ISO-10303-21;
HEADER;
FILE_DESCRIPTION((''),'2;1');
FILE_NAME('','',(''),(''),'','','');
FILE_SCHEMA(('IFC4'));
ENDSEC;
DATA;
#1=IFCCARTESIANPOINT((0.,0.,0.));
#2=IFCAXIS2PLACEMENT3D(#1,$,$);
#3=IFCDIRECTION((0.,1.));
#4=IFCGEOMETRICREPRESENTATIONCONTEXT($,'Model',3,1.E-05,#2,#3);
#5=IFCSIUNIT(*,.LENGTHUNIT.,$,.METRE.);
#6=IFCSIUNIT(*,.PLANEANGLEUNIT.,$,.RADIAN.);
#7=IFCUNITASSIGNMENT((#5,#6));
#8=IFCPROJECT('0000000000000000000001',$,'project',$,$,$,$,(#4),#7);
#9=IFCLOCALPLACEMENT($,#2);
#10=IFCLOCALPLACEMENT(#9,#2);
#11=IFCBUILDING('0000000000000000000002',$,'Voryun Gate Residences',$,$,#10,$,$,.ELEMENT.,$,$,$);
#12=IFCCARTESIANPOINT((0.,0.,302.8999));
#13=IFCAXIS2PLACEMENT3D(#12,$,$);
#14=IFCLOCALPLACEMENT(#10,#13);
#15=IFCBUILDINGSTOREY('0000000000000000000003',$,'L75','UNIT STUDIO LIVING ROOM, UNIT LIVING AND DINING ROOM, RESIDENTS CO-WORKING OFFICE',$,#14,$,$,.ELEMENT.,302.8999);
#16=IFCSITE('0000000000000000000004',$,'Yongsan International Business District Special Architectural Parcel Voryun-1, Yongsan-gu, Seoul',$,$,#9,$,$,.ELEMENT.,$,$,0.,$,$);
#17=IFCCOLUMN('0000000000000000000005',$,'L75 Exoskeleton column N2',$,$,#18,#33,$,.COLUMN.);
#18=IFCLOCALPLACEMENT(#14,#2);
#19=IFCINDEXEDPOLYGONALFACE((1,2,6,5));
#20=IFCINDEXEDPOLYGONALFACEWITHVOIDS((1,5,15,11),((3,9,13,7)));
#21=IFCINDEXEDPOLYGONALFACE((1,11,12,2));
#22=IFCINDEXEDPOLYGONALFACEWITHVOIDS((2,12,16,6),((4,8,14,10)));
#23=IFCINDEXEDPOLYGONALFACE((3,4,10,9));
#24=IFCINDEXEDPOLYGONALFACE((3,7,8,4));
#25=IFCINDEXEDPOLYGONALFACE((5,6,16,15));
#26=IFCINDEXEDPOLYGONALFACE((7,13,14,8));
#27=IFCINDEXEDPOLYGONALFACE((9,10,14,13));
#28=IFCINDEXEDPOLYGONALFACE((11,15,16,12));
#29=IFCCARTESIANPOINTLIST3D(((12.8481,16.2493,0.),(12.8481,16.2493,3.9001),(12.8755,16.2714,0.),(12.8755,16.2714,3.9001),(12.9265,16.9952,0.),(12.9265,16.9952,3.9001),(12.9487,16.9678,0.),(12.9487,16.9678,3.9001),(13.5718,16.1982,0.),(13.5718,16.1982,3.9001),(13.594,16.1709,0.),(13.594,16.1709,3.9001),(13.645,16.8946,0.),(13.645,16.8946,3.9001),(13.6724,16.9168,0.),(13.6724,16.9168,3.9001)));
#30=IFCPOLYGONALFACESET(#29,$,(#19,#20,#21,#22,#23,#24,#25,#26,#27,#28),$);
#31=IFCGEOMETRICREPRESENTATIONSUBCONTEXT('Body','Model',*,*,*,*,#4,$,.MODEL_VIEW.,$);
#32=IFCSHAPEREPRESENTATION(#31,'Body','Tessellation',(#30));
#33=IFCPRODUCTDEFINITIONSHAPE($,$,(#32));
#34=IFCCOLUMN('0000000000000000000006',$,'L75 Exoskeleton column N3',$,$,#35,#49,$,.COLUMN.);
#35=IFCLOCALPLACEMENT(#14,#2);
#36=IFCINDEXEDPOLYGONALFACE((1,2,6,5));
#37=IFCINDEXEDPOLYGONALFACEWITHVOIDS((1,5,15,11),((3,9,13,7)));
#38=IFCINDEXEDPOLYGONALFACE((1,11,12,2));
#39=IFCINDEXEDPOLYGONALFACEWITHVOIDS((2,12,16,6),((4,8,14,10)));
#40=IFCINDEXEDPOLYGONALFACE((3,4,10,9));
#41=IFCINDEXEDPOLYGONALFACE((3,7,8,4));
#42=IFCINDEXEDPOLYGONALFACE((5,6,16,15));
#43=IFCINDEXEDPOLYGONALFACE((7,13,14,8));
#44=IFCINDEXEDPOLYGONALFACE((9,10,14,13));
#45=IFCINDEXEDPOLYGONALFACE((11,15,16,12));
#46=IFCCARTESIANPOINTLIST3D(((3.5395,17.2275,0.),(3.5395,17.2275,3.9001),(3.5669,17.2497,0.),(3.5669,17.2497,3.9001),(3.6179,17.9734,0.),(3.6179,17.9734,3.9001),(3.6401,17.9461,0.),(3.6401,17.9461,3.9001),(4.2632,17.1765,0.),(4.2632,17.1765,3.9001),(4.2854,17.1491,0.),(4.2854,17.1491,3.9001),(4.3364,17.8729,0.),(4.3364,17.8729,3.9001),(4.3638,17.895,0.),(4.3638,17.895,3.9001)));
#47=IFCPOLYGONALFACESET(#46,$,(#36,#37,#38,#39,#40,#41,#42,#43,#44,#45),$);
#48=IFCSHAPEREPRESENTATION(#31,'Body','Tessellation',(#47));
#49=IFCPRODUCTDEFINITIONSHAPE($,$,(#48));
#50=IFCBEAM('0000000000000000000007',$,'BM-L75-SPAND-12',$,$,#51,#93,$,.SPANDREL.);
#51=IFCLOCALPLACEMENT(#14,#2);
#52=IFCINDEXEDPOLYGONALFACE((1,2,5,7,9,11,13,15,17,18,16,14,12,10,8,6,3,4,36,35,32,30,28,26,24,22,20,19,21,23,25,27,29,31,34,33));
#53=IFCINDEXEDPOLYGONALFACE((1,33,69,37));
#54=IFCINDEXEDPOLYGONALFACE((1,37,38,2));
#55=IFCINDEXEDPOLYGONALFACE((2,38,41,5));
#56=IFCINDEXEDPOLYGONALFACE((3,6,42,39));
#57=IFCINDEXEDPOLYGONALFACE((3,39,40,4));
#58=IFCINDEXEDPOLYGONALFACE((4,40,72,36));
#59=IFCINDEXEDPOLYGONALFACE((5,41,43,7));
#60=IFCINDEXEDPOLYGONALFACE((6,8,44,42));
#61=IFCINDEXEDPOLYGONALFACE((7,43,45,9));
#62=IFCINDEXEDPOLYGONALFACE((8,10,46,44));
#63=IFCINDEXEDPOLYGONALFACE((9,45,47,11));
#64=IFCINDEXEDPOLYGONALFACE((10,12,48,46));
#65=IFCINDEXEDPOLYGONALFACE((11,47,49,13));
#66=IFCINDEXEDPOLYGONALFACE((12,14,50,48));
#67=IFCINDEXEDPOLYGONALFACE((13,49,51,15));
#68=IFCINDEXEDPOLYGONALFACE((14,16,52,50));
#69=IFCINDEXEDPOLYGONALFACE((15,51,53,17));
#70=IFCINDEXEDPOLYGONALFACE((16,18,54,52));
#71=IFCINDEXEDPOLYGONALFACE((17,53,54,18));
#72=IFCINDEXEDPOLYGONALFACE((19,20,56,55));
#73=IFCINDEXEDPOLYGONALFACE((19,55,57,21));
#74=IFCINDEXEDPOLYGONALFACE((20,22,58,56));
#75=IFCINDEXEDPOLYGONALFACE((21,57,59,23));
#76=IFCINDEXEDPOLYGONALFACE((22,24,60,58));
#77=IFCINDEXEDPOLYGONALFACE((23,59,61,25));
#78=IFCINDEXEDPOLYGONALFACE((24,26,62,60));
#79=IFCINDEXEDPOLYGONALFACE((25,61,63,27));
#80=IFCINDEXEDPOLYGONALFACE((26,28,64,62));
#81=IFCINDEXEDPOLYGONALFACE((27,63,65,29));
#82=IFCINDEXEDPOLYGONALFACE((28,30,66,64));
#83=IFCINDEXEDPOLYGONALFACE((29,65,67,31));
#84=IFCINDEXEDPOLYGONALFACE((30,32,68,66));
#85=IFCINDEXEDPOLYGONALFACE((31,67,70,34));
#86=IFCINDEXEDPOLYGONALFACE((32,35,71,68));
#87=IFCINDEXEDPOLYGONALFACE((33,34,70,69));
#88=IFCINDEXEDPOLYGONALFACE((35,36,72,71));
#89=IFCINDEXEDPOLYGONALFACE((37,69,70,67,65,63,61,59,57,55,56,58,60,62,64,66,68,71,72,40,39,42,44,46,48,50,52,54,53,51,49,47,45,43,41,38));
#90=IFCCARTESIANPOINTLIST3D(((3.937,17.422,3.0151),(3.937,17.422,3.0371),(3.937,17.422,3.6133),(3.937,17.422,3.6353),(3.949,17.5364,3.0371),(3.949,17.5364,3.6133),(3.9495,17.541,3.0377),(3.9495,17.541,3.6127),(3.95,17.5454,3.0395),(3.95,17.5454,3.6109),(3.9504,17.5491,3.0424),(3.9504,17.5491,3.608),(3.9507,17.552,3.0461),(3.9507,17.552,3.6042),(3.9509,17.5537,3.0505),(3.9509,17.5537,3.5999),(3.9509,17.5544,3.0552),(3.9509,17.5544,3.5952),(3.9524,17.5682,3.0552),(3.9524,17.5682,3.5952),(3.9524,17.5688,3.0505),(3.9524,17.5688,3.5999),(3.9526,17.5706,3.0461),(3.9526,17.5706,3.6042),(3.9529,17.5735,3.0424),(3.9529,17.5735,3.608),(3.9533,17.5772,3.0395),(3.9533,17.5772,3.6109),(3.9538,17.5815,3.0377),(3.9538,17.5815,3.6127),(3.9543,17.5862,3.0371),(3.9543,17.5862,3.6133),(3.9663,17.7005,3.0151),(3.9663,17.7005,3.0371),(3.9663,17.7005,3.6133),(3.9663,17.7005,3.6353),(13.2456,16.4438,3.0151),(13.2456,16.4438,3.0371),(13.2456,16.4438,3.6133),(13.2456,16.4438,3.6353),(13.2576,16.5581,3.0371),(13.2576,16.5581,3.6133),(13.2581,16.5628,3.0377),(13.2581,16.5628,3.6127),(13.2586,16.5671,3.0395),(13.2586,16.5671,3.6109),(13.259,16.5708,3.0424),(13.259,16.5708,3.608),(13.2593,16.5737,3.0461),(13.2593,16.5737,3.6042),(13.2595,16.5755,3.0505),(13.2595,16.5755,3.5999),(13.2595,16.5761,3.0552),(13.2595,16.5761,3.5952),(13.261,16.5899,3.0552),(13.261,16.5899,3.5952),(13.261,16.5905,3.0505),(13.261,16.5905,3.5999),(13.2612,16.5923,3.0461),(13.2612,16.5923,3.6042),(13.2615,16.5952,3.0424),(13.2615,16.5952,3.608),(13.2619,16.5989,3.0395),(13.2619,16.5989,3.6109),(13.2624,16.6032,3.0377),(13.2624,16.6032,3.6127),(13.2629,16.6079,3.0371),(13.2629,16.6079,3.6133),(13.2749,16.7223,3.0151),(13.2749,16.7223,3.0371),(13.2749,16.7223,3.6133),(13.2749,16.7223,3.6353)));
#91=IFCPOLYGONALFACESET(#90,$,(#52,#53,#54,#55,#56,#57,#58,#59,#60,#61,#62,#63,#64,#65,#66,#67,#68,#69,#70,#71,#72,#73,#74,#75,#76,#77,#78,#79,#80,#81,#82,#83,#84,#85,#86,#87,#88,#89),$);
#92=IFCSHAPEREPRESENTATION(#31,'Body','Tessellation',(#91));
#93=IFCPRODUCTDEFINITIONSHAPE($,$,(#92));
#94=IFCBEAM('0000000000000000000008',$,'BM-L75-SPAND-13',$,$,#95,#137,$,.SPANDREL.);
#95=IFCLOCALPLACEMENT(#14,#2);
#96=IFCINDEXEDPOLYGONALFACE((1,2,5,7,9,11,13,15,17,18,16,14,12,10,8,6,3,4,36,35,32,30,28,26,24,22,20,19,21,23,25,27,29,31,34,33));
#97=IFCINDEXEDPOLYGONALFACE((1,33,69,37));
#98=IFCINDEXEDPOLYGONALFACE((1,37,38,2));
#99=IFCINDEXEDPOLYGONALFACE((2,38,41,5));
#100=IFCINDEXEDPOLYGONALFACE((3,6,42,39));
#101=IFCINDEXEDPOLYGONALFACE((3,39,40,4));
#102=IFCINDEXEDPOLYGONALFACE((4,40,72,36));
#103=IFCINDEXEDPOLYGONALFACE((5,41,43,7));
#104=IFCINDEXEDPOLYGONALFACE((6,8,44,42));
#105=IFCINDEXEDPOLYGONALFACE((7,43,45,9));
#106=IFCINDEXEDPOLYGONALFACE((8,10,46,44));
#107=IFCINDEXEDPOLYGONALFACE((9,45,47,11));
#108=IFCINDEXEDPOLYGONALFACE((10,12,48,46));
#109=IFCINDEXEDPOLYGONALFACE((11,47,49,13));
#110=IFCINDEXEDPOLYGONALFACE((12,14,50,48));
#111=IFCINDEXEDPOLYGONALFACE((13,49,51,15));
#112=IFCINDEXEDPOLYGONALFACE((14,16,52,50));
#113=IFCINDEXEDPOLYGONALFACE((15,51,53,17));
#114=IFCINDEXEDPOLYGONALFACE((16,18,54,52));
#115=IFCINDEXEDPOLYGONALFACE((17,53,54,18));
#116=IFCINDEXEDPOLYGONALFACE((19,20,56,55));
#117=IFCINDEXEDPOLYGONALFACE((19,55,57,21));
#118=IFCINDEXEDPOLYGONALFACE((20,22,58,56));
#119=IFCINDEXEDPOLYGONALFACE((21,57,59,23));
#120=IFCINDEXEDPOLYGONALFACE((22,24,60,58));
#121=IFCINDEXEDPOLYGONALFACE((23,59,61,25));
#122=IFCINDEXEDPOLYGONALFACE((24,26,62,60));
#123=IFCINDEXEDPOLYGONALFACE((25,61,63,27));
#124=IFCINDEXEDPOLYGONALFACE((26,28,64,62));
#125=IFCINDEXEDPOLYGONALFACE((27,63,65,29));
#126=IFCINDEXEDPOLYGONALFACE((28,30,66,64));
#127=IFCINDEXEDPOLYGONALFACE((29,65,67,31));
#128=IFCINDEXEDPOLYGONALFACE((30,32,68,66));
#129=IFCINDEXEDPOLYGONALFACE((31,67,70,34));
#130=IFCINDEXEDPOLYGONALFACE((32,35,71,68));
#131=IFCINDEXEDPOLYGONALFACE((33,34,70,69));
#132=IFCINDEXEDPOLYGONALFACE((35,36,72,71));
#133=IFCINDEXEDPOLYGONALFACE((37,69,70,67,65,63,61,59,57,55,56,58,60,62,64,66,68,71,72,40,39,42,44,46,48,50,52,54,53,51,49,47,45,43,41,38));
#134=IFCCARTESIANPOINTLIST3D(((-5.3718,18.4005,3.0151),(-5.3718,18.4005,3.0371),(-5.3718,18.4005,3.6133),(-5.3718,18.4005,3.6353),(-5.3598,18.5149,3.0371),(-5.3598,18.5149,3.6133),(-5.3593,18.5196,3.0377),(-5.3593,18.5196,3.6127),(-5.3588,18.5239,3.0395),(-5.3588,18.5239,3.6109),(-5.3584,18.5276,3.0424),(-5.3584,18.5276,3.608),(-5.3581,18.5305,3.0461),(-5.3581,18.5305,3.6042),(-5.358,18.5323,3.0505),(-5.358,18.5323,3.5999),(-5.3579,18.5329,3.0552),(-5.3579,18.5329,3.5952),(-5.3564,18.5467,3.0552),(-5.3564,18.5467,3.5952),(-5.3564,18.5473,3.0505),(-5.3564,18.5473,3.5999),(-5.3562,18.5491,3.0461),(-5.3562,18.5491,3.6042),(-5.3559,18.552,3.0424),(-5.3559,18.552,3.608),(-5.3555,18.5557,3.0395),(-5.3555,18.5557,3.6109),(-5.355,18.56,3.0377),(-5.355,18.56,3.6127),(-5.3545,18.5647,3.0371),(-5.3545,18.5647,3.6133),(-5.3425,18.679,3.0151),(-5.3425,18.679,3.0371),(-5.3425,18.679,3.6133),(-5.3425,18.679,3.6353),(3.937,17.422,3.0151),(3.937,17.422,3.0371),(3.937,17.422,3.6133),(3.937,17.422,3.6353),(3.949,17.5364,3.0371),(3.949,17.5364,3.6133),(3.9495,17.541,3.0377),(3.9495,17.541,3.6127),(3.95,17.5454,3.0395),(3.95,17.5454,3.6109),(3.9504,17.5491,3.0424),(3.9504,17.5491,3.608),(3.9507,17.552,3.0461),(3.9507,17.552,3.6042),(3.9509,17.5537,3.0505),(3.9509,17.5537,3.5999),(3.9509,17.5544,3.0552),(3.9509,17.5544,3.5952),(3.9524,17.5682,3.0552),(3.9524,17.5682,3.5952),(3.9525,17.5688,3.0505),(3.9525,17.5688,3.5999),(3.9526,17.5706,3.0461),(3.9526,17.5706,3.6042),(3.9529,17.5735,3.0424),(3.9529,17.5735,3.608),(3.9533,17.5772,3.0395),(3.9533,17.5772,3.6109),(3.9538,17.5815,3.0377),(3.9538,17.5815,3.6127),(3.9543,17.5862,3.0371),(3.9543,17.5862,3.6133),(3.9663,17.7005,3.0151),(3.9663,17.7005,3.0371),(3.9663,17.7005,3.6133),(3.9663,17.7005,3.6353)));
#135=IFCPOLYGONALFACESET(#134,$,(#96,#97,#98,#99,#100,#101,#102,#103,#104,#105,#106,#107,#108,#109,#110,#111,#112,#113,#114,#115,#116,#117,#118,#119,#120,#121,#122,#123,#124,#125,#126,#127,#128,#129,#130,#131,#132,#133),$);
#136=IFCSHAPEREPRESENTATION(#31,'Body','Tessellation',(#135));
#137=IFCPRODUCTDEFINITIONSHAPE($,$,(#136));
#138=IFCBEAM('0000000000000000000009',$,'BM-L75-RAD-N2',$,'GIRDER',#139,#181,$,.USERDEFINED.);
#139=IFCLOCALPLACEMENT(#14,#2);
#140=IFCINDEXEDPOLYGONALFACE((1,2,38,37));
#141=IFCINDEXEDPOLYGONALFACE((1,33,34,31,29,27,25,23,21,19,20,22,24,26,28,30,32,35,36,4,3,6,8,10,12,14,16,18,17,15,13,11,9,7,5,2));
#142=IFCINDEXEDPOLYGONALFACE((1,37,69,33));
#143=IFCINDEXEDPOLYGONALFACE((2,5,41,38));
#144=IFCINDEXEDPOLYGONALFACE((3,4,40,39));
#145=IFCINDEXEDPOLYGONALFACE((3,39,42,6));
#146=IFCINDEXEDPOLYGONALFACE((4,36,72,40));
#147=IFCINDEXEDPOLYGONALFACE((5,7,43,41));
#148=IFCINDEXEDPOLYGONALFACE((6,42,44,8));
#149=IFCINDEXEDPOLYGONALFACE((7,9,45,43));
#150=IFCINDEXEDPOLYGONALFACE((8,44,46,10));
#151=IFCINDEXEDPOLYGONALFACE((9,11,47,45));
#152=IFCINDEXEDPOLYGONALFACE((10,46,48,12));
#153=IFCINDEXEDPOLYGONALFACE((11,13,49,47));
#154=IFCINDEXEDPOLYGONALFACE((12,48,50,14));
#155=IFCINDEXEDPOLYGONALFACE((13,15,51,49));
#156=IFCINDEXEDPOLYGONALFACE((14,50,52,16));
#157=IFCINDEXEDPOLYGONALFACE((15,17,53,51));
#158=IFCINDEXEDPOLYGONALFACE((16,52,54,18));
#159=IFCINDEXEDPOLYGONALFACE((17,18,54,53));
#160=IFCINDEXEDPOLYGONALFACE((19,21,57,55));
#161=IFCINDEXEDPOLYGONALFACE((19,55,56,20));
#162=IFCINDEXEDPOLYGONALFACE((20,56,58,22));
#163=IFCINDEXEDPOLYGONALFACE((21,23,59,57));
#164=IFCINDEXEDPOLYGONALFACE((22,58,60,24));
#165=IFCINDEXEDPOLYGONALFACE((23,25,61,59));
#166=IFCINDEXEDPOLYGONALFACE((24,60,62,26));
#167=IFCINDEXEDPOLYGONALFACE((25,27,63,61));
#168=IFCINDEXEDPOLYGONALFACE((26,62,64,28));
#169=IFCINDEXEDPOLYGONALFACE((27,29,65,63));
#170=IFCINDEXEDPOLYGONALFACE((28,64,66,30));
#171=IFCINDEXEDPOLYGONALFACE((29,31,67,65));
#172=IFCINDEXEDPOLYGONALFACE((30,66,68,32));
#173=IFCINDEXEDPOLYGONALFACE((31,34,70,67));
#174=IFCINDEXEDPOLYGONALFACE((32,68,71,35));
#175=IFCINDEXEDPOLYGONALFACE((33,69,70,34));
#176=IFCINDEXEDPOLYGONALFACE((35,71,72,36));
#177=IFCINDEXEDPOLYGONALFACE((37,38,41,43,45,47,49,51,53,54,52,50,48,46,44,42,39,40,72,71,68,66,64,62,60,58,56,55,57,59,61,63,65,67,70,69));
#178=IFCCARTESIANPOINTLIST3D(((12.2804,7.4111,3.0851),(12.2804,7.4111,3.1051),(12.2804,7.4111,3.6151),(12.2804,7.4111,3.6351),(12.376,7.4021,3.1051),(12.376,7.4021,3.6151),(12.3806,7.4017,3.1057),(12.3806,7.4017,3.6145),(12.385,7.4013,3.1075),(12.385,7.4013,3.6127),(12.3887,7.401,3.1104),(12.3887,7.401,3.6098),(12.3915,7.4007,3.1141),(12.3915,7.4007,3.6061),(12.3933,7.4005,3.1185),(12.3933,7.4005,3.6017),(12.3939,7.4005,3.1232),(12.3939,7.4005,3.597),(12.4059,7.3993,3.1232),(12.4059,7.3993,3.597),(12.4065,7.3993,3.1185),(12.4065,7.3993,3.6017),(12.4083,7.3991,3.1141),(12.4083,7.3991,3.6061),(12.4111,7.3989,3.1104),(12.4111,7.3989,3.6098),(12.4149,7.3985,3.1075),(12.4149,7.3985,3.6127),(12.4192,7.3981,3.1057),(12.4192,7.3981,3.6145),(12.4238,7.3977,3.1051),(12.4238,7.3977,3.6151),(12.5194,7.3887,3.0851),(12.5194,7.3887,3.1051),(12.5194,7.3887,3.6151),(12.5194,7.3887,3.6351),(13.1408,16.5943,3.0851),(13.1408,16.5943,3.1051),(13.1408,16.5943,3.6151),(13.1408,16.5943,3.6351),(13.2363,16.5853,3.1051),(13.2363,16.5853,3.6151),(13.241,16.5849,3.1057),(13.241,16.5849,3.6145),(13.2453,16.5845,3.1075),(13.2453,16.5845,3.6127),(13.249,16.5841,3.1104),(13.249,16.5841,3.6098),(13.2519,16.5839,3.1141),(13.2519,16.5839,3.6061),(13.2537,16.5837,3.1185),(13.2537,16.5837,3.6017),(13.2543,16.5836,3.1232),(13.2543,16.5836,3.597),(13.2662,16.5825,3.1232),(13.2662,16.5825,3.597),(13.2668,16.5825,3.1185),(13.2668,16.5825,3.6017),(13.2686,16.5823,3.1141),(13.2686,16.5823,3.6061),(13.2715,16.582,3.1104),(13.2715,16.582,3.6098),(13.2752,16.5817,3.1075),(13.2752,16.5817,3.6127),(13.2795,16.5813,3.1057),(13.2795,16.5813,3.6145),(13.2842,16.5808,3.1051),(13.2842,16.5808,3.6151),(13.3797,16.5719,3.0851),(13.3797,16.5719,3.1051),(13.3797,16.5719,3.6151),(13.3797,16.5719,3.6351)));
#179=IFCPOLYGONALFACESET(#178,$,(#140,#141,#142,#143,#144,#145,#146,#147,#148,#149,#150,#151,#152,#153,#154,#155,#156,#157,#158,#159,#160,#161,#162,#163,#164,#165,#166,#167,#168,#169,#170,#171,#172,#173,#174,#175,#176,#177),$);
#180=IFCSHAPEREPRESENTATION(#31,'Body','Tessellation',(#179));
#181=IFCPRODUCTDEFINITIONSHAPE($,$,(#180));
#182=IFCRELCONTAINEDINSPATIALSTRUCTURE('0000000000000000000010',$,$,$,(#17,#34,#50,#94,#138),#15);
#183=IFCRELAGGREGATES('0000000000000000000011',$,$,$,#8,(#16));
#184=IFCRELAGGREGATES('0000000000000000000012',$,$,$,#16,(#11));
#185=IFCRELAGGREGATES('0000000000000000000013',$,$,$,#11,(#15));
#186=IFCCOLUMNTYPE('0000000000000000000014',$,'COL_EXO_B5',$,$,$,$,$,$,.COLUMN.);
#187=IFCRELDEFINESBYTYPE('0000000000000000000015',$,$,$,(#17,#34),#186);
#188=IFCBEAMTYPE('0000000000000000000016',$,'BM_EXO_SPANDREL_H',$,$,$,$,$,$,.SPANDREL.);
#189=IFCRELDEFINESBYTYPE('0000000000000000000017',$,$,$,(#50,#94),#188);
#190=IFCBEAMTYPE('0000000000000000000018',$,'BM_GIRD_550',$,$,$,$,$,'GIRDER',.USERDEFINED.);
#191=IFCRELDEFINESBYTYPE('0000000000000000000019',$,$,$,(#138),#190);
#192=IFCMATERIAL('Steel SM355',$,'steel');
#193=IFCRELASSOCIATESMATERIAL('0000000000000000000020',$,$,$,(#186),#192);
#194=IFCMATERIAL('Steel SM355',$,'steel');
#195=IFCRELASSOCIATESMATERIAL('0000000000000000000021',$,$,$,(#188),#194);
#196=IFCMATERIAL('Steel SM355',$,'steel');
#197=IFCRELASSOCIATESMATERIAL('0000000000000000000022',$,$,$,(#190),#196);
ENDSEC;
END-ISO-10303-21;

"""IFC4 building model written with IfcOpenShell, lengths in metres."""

from ifc_helpers import new_model, si_unit, direction, frame, origin, origin_2d, place, context, subcontext, project, spatial, hollow_rectangle, i_section, extrude, material, material_profile, profile_set, type_object, element, save


model = new_model("IFC4")

# Units and contexts
model_context = context("Model", 3, precision=1e-05, world=origin(), true_north=direction((0.0, 1.0)))
body_context = subcontext(model_context, "Body", "Model", "MODEL_VIEW")
ifc_project = project(units=[si_unit("LENGTHUNIT", "METRE"), si_unit("PLANEANGLEUNIT", "RADIAN")], contexts=[model_context])

# Site, building, storey
site_placement = place(None, origin())
site = spatial("IfcSite", under=ifc_project, at=site_placement, Name="Yongsan International Business District Special Architectural Parcel Voryun-1, Yongsan-gu, Seoul", CompositionType="ELEMENT", RefElevation=0.0)
building_placement = place(site_placement, origin())
building = spatial("IfcBuilding", under=site, at=building_placement, Name="Voryun Gate Residences", CompositionType="ELEMENT")
storey_placement = place(building_placement, frame((0.0, 0.0, 302.8999)))
storey = spatial("IfcBuildingStorey", under=building, at=storey_placement, Name="L75", Description="UNIT STUDIO LIVING ROOM, UNIT LIVING AND DINING ROOM, RESIDENTS CO-WORKING OFFICE", CompositionType="ELEMENT", Elevation=302.8999)

# Columns
ifc_material_1 = material(Name="Steel SM355", Category="steel")
ifc_material_profile_1 = material_profile(ifc_material_1, hollow_rectangle(XDim=0.75, YDim=0.75, WallThickness=0.0249, at=origin_2d()), Name="BOX-750x750x25")
ifc_profile_set_1 = profile_set([ifc_material_profile_1], Name="Steel SM355")
column_type = type_object("IfcColumnType", Name="COL_EXO_B5", PredefinedType="COLUMN", material=ifc_profile_set_1)
for number, where, z_axis, x_axis, name in (
    (1, (13.2603, 16.583, 0.0), (0.0, 0.0, 1.0), (0.994522, -0.104528, 0.0), "L75 Exoskeleton column N2"),
    (2, (3.9517, 17.5613, 0.0), (0.0, 0.0, 1.0), (0.994522, -0.104528, 0.0), "L75 Exoskeleton column N3"),
):
    element("IfcColumn", number, at=place(storey_placement, frame(where, z_axis=z_axis, x_axis=x_axis)), inside=storey, type_object=column_type, Name=name, PredefinedType="COLUMN", context=body_context, shape_type="SweptSolid", body=[
        extrude(hollow_rectangle(XDim=0.75, YDim=0.75, WallThickness=0.0249, at=origin_2d()), origin(), (0.0, 0.0, 1.0), 3.9001),
    ])

# Beams
ifc_material_2 = material(Name="Steel SM355", Category="steel")
ifc_material_profile_2 = material_profile(ifc_material_2, i_section(OverallWidth=0.28, OverallDepth=0.6201, WebThickness=0.0139, FlangeThickness=0.022, FilletRadius=0.0181, at=origin_2d()), Name="H-620x280x14x22")
ifc_profile_set_2 = profile_set([ifc_material_profile_2], Name="Steel SM355")
beam_type_1 = type_object("IfcBeamType", Name="BM_EXO_SPANDREL_H", PredefinedType="SPANDREL", material=ifc_profile_set_2)
beam_1_placement = place(storey_placement, frame((13.2603, 16.583, 3.3252), z_axis=(-0.994523, 0.104518, 0.0), x_axis=(-0.104518, -0.994523, 0.0)))
element("IfcBeam", 3, at=beam_1_placement, inside=storey, type_object=beam_type_1, Name="BM-L75-SPAND-12", PredefinedType="SPANDREL", context=body_context, shape_type="SweptSolid", body=[
    extrude(i_section(OverallWidth=0.28, OverallDepth=0.6201, WebThickness=0.0139, FlangeThickness=0.022, FilletRadius=0.0181, at=origin_2d()), origin(), (0.0, 0.0, 1.0), 9.3599),
])
beam_2_placement = place(storey_placement, frame((3.9517, 17.5613, 3.3252), z_axis=(-0.994521, 0.104541, 0.0), x_axis=(-0.104541, -0.994521, 0.0)))
element("IfcBeam", 4, at=beam_2_placement, inside=storey, type_object=beam_type_1, Name="BM-L75-SPAND-13", PredefinedType="SPANDREL", context=body_context, shape_type="SweptSolid", body=[
    extrude(i_section(OverallWidth=0.28, OverallDepth=0.6201, WebThickness=0.0139, FlangeThickness=0.022, FilletRadius=0.0181, at=origin_2d()), origin(), (0.0, 0.0, 1.0), 9.3601),
])
ifc_material_3 = material(Name="Steel SM355", Category="steel")
ifc_material_profile_3 = material_profile(ifc_material_3, i_section(OverallWidth=0.24, OverallDepth=0.55, WebThickness=0.012, FlangeThickness=0.02, FilletRadius=0.0181, at=origin_2d()), Name="H-550x240x12x20")
ifc_profile_set_3 = profile_set([ifc_material_profile_3], Name="Steel SM355")
beam_type_2 = type_object("IfcBeamType", Name="BM_GIRD_550", ElementType="GIRDER", PredefinedType="USERDEFINED", material=ifc_profile_set_3)
beam_3_placement = place(storey_placement, frame((12.3999, 7.3999, 3.3601), z_axis=(0.09328, 0.99564, 0.0), x_axis=(-0.99564, 0.09328, 0.0)))
element("IfcBeam", 5, at=beam_3_placement, inside=storey, type_object=beam_type_2, Name="BM-L75-RAD-N2", ObjectType="GIRDER", PredefinedType="USERDEFINED", context=body_context, shape_type="SweptSolid", body=[
    extrude(i_section(OverallWidth=0.24, OverallDepth=0.55, WebThickness=0.012, FlangeThickness=0.02, FilletRadius=0.0181, at=origin_2d()), origin(), (0.0, 0.0, 1.0), 9.2234),
])

save(model, "model.ifc")
